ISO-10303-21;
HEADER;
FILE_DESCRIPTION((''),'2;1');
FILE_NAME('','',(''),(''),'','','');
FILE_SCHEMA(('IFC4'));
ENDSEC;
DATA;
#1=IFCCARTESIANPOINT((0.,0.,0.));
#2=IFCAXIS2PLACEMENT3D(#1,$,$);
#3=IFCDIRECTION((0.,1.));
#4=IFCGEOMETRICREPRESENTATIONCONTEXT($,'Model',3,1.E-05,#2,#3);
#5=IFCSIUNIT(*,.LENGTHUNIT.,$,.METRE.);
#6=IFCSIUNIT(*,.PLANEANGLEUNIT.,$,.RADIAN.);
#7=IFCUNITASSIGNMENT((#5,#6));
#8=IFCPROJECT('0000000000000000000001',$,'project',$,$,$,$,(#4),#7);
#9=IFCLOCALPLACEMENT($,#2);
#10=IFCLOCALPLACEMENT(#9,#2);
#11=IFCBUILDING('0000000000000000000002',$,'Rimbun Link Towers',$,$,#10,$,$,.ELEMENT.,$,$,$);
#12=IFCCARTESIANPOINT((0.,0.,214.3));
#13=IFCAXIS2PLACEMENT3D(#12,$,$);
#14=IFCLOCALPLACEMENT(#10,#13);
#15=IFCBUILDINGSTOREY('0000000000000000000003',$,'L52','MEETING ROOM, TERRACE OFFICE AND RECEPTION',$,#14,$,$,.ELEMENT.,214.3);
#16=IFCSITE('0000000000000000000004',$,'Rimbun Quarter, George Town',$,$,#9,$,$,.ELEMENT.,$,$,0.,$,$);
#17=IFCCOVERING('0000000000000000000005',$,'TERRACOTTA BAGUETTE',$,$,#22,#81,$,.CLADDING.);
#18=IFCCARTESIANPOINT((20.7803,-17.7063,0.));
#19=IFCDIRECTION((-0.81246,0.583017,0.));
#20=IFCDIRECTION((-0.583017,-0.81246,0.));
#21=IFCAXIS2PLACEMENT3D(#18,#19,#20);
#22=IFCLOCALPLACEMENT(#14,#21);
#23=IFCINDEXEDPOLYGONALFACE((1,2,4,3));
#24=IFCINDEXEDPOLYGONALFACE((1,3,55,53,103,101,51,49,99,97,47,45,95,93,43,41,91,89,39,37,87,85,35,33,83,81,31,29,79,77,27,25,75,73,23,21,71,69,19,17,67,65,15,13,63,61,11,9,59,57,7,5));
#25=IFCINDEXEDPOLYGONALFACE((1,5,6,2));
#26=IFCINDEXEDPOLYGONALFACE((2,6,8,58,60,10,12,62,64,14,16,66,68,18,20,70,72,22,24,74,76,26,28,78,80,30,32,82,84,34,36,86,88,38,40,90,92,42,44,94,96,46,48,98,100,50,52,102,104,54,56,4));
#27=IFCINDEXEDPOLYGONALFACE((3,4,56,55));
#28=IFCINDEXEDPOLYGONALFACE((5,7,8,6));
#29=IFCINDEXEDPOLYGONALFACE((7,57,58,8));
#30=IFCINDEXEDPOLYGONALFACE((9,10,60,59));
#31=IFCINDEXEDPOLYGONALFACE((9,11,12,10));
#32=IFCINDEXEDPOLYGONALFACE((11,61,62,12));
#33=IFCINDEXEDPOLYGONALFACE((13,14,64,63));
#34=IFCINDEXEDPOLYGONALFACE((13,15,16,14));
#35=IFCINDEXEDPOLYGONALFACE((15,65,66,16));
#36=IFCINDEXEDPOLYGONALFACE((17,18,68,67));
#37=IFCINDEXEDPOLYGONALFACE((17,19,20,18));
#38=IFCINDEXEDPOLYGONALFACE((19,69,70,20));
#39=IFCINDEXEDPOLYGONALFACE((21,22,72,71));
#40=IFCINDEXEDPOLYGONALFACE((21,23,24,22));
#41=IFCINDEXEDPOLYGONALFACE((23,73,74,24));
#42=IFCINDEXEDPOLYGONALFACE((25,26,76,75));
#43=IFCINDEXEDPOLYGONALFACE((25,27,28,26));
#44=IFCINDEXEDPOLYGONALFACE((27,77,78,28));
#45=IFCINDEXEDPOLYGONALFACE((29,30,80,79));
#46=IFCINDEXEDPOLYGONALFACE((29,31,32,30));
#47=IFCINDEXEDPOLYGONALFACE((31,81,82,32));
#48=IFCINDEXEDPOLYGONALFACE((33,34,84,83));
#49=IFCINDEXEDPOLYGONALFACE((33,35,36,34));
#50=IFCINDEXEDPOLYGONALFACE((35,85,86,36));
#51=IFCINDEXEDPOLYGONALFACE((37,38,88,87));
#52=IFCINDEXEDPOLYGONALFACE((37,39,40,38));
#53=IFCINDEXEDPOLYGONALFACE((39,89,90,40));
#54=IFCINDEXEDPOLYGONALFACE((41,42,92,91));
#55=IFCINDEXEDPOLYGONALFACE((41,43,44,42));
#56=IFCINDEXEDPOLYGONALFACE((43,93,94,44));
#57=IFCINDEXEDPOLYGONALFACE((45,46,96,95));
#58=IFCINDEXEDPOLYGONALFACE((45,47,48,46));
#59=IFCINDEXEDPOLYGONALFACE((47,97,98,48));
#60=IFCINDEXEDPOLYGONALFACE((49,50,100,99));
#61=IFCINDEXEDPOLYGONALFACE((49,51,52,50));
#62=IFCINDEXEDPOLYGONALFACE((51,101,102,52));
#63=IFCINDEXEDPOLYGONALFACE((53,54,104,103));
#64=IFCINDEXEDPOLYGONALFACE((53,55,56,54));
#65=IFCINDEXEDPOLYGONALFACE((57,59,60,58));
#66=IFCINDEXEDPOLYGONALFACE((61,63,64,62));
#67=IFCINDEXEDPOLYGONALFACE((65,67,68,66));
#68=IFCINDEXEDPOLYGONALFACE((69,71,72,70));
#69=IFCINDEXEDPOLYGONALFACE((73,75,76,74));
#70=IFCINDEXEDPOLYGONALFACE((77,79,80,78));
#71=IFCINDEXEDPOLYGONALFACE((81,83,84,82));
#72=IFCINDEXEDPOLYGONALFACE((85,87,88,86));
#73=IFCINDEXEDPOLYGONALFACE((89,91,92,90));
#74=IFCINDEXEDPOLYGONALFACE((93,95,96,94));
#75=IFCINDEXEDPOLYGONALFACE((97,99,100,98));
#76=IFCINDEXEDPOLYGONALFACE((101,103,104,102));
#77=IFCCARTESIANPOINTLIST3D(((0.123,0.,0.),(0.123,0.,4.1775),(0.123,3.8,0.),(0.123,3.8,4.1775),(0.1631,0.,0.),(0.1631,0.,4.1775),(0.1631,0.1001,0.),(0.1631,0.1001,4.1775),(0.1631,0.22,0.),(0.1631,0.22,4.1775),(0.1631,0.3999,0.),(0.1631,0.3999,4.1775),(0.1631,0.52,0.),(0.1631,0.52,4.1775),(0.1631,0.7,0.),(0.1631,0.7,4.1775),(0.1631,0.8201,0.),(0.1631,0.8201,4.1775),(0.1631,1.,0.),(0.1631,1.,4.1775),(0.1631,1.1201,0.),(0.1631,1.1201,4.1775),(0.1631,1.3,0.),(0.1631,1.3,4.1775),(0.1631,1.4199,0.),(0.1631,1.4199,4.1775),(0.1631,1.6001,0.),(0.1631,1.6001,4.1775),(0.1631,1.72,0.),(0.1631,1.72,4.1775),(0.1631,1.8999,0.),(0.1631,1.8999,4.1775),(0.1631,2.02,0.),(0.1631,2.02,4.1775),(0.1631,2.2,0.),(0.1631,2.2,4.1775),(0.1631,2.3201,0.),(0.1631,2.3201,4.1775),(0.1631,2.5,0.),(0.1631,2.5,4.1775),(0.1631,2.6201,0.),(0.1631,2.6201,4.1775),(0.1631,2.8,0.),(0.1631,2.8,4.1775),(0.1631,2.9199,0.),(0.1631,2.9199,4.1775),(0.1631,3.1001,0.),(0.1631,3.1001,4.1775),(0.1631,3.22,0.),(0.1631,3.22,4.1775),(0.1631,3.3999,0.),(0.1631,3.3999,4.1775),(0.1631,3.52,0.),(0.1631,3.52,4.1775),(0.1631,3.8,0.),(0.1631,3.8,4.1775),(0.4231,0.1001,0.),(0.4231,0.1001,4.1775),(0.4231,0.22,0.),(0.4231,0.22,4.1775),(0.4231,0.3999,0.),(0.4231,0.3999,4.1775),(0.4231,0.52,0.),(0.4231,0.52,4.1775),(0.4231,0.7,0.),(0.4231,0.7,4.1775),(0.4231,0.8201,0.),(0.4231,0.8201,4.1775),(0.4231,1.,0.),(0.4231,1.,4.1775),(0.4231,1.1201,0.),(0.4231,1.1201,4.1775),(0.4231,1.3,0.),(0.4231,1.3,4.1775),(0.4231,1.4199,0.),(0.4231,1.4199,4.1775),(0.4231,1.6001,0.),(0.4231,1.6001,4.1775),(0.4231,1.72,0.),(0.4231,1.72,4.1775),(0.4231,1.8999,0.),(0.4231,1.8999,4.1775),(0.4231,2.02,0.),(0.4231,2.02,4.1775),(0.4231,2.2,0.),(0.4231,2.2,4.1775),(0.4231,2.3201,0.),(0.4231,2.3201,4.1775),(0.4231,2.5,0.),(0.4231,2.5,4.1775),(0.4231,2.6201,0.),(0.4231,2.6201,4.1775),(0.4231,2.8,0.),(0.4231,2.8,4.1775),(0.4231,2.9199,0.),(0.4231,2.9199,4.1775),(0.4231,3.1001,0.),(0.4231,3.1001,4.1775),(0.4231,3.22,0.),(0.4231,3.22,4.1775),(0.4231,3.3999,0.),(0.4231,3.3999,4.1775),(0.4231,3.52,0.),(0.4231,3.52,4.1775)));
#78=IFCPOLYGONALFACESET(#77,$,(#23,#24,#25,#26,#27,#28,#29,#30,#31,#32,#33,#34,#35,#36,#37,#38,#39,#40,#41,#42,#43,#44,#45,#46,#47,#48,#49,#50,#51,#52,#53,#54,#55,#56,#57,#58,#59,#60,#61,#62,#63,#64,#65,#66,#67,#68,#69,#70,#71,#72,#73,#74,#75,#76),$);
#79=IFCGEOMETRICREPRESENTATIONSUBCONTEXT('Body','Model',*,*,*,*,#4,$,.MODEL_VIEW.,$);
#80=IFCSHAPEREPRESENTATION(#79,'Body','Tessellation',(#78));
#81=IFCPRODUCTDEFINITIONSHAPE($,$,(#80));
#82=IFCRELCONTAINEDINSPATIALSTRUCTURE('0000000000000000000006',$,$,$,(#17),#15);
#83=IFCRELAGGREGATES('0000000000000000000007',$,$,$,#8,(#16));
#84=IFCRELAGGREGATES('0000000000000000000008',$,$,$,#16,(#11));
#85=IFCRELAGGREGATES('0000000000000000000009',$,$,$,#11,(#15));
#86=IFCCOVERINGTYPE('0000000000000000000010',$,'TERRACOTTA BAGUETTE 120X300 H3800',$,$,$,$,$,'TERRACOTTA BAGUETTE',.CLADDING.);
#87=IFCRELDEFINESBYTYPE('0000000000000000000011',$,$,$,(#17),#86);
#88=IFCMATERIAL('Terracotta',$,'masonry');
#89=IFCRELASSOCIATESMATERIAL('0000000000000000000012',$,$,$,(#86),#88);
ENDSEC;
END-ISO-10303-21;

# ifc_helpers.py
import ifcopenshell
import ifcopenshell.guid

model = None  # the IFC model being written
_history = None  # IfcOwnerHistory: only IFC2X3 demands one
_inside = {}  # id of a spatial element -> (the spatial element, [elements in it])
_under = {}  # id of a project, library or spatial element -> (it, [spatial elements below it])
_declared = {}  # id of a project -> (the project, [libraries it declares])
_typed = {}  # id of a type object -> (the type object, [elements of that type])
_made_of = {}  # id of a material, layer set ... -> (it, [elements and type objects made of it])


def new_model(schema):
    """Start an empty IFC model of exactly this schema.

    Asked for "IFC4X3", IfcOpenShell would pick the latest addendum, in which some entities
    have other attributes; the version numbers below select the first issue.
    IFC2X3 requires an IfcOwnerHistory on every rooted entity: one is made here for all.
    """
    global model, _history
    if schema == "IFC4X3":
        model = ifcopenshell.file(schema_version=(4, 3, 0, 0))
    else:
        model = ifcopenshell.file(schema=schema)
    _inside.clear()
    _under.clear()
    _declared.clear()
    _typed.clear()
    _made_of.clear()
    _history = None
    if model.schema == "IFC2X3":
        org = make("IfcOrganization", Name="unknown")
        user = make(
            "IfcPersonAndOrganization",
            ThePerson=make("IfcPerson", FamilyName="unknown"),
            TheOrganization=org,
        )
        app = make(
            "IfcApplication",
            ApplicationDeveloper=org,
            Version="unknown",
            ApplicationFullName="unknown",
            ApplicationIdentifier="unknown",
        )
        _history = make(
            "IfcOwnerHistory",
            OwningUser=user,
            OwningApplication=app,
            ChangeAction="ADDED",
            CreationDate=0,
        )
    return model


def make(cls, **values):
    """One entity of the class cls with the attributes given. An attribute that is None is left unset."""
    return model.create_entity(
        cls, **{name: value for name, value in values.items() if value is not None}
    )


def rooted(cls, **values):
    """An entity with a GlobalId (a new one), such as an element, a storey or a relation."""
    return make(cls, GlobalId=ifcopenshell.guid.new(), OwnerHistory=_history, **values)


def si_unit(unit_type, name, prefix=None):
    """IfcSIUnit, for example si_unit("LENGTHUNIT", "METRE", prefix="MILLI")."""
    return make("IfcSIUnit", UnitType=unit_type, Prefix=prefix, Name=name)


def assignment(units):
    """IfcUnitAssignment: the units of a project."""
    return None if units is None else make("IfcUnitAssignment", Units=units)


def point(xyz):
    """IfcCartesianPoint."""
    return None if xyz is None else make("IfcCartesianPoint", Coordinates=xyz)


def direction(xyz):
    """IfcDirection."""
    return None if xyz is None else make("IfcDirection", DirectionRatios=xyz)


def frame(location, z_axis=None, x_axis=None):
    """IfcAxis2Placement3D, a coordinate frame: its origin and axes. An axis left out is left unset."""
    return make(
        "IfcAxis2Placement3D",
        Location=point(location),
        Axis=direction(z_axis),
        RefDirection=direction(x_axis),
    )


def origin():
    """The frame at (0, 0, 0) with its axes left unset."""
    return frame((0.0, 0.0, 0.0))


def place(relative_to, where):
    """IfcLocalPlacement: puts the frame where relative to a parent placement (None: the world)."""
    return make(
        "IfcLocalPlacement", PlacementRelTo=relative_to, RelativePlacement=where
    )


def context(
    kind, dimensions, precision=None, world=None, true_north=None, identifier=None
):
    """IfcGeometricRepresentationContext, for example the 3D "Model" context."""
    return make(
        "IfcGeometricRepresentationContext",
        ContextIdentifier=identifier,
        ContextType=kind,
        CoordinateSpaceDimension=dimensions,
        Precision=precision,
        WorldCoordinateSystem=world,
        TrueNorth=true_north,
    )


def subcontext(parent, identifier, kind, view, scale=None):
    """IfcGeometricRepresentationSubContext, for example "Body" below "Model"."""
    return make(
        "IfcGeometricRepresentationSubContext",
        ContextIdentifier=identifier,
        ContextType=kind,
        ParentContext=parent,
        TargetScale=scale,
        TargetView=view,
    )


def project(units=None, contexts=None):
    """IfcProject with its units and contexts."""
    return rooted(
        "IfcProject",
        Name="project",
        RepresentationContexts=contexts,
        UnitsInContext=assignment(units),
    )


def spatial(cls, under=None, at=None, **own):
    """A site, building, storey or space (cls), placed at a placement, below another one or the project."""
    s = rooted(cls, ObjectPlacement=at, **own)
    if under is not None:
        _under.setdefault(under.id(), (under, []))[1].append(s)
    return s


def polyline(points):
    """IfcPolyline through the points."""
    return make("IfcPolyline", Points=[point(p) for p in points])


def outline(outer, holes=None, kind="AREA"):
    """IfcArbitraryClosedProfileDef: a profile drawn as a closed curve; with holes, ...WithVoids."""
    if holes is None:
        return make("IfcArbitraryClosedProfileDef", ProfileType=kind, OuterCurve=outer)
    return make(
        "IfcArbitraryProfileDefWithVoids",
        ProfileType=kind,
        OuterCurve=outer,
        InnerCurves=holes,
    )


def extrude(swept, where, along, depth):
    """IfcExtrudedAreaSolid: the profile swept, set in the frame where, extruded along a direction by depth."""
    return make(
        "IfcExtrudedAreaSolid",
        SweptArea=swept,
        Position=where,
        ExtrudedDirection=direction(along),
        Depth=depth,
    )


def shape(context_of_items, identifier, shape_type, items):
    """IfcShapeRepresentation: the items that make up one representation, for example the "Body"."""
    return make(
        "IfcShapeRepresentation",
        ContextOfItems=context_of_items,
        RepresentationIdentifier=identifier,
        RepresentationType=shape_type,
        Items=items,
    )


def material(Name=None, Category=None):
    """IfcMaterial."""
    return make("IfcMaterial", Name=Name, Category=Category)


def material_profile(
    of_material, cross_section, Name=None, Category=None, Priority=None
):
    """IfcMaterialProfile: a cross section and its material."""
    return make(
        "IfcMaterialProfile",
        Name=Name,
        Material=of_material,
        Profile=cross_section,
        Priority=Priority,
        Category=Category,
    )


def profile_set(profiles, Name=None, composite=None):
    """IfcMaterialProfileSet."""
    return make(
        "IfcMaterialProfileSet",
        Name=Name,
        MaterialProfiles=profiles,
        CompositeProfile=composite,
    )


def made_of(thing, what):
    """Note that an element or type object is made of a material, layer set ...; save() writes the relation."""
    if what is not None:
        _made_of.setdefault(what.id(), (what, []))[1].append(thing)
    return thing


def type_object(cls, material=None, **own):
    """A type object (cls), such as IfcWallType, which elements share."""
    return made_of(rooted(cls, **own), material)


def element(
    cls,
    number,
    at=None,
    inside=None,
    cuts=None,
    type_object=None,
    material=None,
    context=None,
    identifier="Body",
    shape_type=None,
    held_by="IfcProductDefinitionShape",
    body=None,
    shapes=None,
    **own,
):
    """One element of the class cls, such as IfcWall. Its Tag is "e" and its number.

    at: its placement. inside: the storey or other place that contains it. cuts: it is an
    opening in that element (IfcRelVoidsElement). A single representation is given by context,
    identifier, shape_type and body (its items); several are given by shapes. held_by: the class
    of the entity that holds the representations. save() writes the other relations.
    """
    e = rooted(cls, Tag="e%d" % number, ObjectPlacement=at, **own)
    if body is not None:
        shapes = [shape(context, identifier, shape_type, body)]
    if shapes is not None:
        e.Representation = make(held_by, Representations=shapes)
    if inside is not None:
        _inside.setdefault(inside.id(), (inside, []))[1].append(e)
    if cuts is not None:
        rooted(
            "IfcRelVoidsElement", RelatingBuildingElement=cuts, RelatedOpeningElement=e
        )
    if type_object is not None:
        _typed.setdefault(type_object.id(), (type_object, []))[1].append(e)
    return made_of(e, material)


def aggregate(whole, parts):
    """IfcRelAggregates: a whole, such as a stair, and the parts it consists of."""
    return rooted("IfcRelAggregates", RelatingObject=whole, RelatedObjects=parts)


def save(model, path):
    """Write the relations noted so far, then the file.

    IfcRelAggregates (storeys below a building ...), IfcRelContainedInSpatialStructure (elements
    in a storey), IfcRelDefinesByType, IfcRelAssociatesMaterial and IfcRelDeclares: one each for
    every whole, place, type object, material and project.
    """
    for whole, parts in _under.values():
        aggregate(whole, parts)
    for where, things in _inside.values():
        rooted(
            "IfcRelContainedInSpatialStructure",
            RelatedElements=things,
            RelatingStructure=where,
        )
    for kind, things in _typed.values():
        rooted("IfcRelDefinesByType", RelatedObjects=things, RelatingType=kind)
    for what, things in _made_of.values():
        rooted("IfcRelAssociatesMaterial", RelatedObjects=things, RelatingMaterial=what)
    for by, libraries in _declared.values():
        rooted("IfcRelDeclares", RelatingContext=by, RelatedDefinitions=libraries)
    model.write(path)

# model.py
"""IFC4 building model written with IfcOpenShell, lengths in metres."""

from ifc_helpers import new_model, si_unit, direction, frame, origin, place, context, subcontext, project, spatial, polyline, outline, extrude, material, material_profile, profile_set, type_object, element, save


model = new_model("IFC4")

# Units and contexts
model_context = context("Model", 3, precision=1e-05, world=origin(), true_north=direction((0.0, 1.0)))
body_context = subcontext(model_context, "Body", "Model", "MODEL_VIEW")
ifc_project = project(units=[si_unit("LENGTHUNIT", "METRE"), si_unit("PLANEANGLEUNIT", "RADIAN")], contexts=[model_context])

# Site, building, storey
site_placement = place(None, origin())
site = spatial("IfcSite", under=ifc_project, at=site_placement, Name="Rimbun Quarter, George Town", CompositionType="ELEMENT", RefElevation=0.0)
building_placement = place(site_placement, origin())
building = spatial("IfcBuilding", under=site, at=building_placement, Name="Rimbun Link Towers", CompositionType="ELEMENT")
storey_placement = place(building_placement, frame((0.0, 0.0, 214.3)))
storey = spatial("IfcBuildingStorey", under=building, at=storey_placement, Name="L52", Description="MEETING ROOM, TERRACE OFFICE AND RECEPTION", CompositionType="ELEMENT", Elevation=214.3)

# Covering
ifc_material_1 = material(Name="Terracotta", Category="masonry")
ifc_material_profile_1 = material_profile(ifc_material_1, outline(polyline([(0.123, 0.0), (0.1631, 0.0), (0.1631, 0.1001), (0.4231, 0.1001), (0.4231, 0.22), (0.1631, 0.22), (0.1631, 0.3999), (0.4231, 0.3999), (0.4231, 0.52), (0.1631, 0.52), (0.1631, 0.7), (0.4231, 0.7), (0.4231, 0.8201), (0.1631, 0.8201), (0.1631, 1.0), (0.4231, 1.0), (0.4231, 1.1201), (0.1631, 1.1201), (0.1631, 1.3), (0.4231, 1.3), (0.4231, 1.4199), (0.1631, 1.4199), (0.1631, 1.6001), (0.4231, 1.6001), (0.4231, 1.72), (0.1631, 1.72), (0.1631, 1.8999), (0.4231, 1.8999), (0.4231, 2.02), (0.1631, 2.02), (0.1631, 2.2), (0.4231, 2.2), (0.4231, 2.3201), (0.1631, 2.3201), (0.1631, 2.5), (0.4231, 2.5), (0.4231, 2.6201), (0.1631, 2.6201), (0.1631, 2.8), (0.4231, 2.8), (0.4231, 2.9199), (0.1631, 2.9199), (0.1631, 3.1001), (0.4231, 3.1001), (0.4231, 3.22), (0.1631, 3.22), (0.1631, 3.3999), (0.4231, 3.3999), (0.4231, 3.52), (0.1631, 3.52), (0.1631, 3.8), (0.123, 3.8), (0.123, 0.0)])), Name="BAGUETTE 120X300")
ifc_profile_set_1 = profile_set([ifc_material_profile_1], Name="Terracotta")
covering_type = type_object("IfcCoveringType", Name="TERRACOTTA BAGUETTE 120X300 H3800", ElementType="TERRACOTTA BAGUETTE", PredefinedType="CLADDING", material=ifc_profile_set_1)
covering_1_placement = place(storey_placement, frame((20.7803, -17.7063, 0.0), z_axis=(-0.81246, 0.583017, 0.0), x_axis=(-0.583017, -0.81246, 0.0)))
element("IfcCovering", 1, at=covering_1_placement, inside=storey, type_object=covering_type, Name="TERRACOTTA BAGUETTE", PredefinedType="CLADDING", context=body_context, shape_type="SweptSolid", body=[
    extrude(outline(polyline([(0.123, 0.0), (0.1631, 0.0), (0.1631, 0.1001), (0.4231, 0.1001), (0.4231, 0.22), (0.1631, 0.22), (0.1631, 0.3999), (0.4231, 0.3999), (0.4231, 0.52), (0.1631, 0.52), (0.1631, 0.7), (0.4231, 0.7), (0.4231, 0.8201), (0.1631, 0.8201), (0.1631, 1.0), (0.4231, 1.0), (0.4231, 1.1201), (0.1631, 1.1201), (0.1631, 1.3), (0.4231, 1.3), (0.4231, 1.4199), (0.1631, 1.4199), (0.1631, 1.6001), (0.4231, 1.6001), (0.4231, 1.72), (0.1631, 1.72), (0.1631, 1.8999), (0.4231, 1.8999), (0.4231, 2.02), (0.1631, 2.02), (0.1631, 2.2), (0.4231, 2.2), (0.4231, 2.3201), (0.1631, 2.3201), (0.1631, 2.5), (0.4231, 2.5), (0.4231, 2.6201), (0.1631, 2.6201), (0.1631, 2.8), (0.4231, 2.8), (0.4231, 2.9199), (0.1631, 2.9199), (0.1631, 3.1001), (0.4231, 3.1001), (0.4231, 3.22), (0.1631, 3.22), (0.1631, 3.3999), (0.4231, 3.3999), (0.4231, 3.52), (0.1631, 3.52), (0.1631, 3.8), (0.123, 3.8), (0.123, 0.0)])), origin(), (0.0, 0.0, 1.0), 4.1775),
])

save(model, "model.ifc")
